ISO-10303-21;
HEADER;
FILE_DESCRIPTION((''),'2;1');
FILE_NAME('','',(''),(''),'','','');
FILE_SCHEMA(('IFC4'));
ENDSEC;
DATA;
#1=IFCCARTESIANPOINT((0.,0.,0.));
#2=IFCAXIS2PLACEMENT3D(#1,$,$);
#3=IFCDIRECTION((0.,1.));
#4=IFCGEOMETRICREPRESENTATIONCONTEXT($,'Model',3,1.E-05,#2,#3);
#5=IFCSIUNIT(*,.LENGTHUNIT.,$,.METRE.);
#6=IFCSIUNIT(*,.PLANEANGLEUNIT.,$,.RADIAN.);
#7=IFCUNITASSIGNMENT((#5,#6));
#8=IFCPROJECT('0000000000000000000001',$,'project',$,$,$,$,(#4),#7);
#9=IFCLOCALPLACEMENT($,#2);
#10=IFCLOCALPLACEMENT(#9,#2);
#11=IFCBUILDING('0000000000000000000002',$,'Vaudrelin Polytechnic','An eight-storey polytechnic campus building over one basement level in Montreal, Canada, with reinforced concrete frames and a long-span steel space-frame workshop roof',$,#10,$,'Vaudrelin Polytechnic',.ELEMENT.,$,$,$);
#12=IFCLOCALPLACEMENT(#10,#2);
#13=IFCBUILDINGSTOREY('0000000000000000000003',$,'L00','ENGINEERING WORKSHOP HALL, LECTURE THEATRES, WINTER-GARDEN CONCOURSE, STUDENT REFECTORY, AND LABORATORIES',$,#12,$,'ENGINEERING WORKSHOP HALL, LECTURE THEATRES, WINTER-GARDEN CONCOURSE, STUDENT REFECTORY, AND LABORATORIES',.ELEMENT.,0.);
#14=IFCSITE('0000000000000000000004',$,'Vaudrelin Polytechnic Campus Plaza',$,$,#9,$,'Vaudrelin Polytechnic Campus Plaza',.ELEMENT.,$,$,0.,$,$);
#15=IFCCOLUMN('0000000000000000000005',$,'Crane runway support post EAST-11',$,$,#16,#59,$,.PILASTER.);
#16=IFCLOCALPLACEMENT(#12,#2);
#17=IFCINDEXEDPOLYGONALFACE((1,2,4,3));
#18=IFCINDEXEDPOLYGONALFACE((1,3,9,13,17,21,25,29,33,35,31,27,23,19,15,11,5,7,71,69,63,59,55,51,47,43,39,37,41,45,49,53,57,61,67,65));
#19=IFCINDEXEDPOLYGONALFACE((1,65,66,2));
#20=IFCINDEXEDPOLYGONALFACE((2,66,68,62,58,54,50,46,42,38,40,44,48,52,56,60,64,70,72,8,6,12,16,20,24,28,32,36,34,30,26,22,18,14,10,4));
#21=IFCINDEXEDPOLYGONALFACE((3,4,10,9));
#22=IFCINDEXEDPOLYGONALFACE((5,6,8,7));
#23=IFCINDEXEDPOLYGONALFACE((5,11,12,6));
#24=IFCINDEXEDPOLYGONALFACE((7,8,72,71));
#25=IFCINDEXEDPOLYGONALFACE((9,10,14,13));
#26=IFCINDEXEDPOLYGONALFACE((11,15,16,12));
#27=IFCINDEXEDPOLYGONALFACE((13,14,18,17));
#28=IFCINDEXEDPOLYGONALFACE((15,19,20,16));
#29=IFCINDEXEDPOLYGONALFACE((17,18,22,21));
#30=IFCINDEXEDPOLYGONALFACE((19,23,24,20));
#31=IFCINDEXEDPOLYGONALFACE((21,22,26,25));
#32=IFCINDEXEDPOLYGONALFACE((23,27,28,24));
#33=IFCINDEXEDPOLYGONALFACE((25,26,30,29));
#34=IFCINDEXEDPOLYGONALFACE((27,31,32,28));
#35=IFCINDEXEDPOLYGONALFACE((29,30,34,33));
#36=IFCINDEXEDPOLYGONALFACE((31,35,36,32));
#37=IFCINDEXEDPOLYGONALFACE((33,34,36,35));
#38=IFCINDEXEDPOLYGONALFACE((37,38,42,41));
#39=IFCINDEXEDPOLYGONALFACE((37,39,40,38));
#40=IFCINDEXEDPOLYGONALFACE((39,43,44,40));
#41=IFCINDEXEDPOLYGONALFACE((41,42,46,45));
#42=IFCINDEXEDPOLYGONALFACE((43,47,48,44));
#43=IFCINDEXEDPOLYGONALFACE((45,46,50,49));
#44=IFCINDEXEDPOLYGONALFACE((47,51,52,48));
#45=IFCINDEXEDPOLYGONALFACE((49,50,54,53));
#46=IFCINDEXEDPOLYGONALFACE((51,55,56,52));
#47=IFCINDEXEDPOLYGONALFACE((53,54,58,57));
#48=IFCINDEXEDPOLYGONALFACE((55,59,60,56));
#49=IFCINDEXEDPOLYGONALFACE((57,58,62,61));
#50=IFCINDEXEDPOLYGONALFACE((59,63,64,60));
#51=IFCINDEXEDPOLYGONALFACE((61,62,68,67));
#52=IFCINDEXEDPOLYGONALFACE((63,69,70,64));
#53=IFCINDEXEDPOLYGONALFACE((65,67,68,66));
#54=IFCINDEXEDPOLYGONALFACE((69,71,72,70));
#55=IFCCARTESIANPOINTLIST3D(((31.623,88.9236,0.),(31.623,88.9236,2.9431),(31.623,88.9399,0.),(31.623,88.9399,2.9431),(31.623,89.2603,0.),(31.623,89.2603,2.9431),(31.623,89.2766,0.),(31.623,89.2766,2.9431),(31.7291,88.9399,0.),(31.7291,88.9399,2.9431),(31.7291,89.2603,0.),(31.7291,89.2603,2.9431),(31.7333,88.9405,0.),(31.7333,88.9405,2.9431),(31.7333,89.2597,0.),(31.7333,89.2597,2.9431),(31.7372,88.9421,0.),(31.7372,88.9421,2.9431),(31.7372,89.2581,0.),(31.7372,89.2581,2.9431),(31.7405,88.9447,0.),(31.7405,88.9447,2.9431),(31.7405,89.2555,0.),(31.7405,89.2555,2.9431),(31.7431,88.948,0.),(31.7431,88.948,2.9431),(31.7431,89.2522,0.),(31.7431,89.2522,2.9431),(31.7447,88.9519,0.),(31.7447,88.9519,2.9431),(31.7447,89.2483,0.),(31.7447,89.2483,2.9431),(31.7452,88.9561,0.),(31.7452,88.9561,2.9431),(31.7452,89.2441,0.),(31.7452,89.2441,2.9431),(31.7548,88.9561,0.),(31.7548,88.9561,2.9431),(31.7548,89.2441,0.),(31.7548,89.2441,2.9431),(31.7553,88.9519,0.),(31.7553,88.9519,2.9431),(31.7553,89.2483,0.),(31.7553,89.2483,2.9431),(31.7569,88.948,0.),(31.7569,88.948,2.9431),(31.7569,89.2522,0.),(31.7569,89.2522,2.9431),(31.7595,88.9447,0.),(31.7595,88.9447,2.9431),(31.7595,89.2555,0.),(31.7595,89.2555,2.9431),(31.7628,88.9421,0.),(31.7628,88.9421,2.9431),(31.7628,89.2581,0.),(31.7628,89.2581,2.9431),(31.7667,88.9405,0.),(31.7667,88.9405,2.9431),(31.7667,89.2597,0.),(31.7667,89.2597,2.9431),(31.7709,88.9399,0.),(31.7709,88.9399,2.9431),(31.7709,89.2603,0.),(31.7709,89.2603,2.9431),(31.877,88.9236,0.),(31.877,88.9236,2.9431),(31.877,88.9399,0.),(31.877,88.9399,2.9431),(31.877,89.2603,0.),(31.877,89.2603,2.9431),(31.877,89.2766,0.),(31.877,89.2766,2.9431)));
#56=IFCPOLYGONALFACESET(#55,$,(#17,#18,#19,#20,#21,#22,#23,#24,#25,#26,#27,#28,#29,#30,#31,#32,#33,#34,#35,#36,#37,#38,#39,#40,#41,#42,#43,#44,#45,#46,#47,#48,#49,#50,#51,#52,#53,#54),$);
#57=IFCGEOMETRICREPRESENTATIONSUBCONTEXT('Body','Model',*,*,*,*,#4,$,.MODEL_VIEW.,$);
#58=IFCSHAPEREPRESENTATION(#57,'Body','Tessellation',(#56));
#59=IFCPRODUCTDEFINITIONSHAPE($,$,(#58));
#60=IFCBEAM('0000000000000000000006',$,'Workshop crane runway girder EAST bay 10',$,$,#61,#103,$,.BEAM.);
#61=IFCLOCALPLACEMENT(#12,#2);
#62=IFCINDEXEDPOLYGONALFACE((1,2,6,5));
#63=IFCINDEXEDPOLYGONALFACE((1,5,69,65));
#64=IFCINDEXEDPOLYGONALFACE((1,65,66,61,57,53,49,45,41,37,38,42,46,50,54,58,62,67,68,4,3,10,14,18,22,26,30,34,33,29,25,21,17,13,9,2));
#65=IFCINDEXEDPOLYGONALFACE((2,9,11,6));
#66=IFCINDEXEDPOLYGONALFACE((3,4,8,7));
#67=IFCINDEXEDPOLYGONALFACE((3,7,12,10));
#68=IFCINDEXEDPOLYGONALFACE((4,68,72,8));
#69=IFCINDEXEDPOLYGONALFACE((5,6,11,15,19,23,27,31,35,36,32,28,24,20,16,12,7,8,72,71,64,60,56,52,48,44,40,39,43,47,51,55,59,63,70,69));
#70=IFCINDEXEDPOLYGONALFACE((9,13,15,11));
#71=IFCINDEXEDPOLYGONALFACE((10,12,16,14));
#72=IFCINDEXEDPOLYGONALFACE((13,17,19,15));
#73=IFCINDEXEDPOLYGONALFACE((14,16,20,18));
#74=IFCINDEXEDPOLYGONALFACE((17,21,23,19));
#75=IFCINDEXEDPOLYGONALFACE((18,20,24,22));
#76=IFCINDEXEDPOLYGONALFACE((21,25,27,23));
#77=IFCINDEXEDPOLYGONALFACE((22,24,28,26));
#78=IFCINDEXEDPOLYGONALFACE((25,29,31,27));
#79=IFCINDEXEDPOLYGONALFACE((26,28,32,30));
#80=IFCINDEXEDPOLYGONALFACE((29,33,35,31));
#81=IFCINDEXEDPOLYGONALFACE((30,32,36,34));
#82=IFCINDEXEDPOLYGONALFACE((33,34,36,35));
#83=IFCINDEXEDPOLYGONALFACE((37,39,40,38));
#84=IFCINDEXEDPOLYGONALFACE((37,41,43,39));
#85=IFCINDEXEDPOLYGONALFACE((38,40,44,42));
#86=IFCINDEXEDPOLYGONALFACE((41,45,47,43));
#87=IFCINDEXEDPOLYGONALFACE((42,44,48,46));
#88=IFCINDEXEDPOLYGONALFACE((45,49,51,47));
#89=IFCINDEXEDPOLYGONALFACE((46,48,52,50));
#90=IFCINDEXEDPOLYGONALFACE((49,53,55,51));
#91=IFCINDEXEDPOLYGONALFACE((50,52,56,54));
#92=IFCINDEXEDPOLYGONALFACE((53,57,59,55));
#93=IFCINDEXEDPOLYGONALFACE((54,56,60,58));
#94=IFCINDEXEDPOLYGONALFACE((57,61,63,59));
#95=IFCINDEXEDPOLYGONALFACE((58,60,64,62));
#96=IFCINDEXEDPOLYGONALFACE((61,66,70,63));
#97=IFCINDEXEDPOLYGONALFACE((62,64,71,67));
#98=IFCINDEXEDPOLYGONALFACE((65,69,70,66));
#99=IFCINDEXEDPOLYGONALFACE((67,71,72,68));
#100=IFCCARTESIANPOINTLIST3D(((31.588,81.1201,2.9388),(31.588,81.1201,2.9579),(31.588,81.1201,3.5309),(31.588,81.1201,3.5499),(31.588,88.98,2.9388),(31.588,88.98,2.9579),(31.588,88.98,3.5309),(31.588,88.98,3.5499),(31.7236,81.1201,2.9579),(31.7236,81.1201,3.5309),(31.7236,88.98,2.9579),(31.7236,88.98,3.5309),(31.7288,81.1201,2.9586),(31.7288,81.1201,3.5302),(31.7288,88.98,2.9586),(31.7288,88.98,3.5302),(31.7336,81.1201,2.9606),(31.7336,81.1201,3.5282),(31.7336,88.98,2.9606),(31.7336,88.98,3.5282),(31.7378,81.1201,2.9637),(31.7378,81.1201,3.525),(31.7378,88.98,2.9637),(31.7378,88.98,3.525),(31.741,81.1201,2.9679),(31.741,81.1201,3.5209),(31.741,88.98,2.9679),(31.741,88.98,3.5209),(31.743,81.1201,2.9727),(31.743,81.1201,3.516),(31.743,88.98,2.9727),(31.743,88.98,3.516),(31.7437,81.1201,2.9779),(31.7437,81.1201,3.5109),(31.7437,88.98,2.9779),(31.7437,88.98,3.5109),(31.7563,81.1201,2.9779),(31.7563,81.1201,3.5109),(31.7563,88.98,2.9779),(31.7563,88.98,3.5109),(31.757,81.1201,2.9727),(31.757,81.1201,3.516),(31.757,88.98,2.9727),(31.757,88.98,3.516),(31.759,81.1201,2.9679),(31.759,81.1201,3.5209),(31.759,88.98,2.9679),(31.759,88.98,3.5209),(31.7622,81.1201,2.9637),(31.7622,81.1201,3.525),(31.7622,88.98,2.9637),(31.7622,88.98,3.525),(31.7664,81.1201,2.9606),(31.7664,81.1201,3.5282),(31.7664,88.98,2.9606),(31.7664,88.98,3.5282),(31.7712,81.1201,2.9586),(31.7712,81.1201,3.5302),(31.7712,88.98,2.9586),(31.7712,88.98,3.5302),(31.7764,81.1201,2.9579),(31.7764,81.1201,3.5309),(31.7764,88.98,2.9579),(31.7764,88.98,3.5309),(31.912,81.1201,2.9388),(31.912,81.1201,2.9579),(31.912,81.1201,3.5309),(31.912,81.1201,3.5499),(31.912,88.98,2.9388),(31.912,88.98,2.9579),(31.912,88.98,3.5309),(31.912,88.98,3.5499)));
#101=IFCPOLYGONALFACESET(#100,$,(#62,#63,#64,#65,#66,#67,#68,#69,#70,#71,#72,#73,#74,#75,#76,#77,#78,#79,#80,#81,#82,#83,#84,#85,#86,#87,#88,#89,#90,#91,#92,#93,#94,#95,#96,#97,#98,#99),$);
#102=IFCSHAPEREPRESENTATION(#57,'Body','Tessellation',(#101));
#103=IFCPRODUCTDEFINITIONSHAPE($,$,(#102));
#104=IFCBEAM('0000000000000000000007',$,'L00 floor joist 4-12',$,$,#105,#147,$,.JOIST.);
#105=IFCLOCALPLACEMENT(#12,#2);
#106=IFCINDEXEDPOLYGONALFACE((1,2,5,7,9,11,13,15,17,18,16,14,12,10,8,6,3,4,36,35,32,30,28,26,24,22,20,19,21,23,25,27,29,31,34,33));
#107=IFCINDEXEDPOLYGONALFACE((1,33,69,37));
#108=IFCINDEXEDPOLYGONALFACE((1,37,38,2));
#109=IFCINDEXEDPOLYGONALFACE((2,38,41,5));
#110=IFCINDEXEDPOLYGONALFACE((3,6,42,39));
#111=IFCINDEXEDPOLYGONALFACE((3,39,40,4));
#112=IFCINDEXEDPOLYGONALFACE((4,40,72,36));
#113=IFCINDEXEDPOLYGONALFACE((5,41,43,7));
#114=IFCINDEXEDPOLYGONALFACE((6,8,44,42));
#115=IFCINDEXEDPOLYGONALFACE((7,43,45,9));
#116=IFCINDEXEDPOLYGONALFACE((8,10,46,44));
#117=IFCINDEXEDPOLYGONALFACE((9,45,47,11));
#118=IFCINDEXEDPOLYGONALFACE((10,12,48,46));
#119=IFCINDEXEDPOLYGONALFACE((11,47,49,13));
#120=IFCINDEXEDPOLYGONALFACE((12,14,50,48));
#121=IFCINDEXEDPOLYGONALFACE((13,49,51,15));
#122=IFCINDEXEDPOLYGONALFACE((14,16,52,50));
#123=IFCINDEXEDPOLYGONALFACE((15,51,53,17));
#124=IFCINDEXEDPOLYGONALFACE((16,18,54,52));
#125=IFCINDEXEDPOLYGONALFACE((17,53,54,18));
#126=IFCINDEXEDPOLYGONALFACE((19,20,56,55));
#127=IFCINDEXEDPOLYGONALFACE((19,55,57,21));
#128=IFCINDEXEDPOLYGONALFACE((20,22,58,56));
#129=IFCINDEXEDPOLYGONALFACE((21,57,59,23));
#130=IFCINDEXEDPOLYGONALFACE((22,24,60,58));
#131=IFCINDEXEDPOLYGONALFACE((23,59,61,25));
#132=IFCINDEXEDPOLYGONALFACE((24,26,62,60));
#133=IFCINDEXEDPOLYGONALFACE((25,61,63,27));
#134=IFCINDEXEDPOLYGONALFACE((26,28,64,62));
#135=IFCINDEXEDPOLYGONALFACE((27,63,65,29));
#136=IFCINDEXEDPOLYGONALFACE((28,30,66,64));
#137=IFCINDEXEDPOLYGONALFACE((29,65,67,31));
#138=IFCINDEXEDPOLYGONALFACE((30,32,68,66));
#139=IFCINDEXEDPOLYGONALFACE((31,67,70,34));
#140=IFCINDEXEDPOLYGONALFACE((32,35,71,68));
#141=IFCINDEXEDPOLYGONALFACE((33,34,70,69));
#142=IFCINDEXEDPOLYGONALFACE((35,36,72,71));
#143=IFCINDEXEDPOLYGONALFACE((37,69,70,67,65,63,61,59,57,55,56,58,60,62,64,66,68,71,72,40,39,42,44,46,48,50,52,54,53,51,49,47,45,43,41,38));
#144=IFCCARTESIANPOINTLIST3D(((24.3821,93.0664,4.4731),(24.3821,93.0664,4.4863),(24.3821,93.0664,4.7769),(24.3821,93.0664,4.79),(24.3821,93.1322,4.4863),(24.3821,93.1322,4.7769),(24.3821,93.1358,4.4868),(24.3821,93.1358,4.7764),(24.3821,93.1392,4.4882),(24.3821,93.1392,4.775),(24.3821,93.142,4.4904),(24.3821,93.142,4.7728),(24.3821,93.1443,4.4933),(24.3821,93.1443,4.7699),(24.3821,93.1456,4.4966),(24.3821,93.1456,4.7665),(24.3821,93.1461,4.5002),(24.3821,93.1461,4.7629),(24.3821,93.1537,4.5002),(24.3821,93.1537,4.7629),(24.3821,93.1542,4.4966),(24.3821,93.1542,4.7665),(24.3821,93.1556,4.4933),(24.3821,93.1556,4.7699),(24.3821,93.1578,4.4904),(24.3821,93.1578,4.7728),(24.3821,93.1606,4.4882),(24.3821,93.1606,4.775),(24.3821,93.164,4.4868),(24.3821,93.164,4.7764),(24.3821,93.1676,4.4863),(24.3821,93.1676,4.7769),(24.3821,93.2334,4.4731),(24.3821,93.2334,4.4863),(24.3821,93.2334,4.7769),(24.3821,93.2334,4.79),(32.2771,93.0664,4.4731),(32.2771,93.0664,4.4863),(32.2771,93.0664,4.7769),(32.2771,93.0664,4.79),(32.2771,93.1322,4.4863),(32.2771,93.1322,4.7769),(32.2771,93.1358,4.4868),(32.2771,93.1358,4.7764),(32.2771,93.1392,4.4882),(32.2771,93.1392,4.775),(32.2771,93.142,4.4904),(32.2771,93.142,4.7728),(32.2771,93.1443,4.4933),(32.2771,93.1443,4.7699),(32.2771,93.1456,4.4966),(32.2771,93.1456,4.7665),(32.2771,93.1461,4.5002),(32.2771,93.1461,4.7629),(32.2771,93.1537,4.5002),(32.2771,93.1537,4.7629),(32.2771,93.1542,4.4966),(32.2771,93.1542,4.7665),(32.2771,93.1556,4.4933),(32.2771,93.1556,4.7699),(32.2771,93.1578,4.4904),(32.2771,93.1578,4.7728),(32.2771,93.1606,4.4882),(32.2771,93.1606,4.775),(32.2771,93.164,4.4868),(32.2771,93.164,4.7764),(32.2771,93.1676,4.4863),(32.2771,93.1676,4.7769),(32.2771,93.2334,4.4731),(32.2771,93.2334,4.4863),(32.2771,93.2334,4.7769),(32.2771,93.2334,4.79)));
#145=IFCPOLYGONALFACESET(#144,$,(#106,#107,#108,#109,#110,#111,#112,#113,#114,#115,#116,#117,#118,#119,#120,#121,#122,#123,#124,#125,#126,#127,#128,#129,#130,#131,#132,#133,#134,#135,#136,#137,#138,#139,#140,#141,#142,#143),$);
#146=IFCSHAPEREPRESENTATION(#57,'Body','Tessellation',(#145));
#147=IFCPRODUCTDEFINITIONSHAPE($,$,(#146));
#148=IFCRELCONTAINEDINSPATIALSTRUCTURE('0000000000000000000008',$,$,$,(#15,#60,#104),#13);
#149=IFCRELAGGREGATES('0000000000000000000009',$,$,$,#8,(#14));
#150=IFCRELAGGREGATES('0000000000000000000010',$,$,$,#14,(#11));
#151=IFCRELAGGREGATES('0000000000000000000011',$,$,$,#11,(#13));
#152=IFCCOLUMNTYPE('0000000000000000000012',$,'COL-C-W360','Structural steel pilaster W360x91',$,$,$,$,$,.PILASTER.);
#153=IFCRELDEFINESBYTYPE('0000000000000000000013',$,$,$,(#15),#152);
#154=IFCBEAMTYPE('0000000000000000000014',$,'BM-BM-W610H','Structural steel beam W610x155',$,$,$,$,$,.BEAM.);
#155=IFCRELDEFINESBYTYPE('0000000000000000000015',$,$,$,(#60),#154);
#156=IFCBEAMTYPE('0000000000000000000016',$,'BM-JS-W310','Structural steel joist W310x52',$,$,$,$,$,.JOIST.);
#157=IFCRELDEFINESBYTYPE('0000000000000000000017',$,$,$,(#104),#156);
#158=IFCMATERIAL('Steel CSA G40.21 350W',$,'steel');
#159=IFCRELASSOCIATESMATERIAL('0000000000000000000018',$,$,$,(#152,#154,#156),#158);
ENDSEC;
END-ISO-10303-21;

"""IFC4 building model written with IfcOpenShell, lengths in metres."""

from ifc_helpers import new_model, si_unit, direction, frame, origin, origin_2d, place, context, subcontext, project, spatial, i_section, extrude, material, material_profile, profile_set, type_object, element, save


model = new_model("IFC4")

# Units and contexts
model_context = context("Model", 3, precision=1e-05, world=origin(), true_north=direction((0.0, 1.0)))
body_context = subcontext(model_context, "Body", "Model", "MODEL_VIEW")
ifc_project = project(units=[si_unit("LENGTHUNIT", "METRE"), si_unit("PLANEANGLEUNIT", "RADIAN")], contexts=[model_context])

# Site, building, storey
site_placement = place(None, origin())
site = spatial("IfcSite", under=ifc_project, at=site_placement, Name="Vaudrelin Polytechnic Campus Plaza", LongName="Vaudrelin Polytechnic Campus Plaza", CompositionType="ELEMENT", RefElevation=0.0)
building_placement = place(site_placement, origin())
building = spatial("IfcBuilding", under=site, at=building_placement, Name="Vaudrelin Polytechnic", Description="An eight-storey polytechnic campus building over one basement level in Montreal, Canada, with reinforced concrete frames and a long-span steel space-frame workshop roof", LongName="Vaudrelin Polytechnic", CompositionType="ELEMENT")
storey_placement = place(building_placement, origin())
storey = spatial("IfcBuildingStorey", under=building, at=storey_placement, Name="L00", Description="ENGINEERING WORKSHOP HALL, LECTURE THEATRES, WINTER-GARDEN CONCOURSE, STUDENT REFECTORY, AND LABORATORIES", LongName="ENGINEERING WORKSHOP HALL, LECTURE THEATRES, WINTER-GARDEN CONCOURSE, STUDENT REFECTORY, AND LABORATORIES", CompositionType="ELEMENT", Elevation=0.0)

# Column
ifc_material_1 = material(Name="Steel CSA G40.21 350W", Category="steel")
ifc_material_profile_1 = material_profile(ifc_material_1, i_section(OverallWidth=0.2539, OverallDepth=0.353, WebThickness=0.0095, FlangeThickness=0.0164, FilletRadius=0.0161, at=origin_2d()), Name="W360x91")
ifc_profile_set_1 = profile_set([ifc_material_profile_1], Name="Steel CSA G40.21 350W")
column_type_1 = type_object("IfcColumnType", Name="COL-C-W360", Description="Structural steel pilaster W360x91", PredefinedType="PILASTER", material=ifc_profile_set_1)
for number, where, z_axis, x_axis, name in (
    (1, (31.75, 89.1001, 0.0), (0.0, 0.0, 1.0), (1.0, 0.0, 0.0), "Crane runway support post EAST-11"),
):
    element("IfcColumn", number, at=place(storey_placement, frame(where, z_axis=z_axis, x_axis=x_axis)), inside=storey, type_object=column_type_1, Name=name, PredefinedType="PILASTER", context=body_context, shape_type="SweptSolid", body=[
        extrude(i_section(OverallWidth=0.2539, OverallDepth=0.353, WebThickness=0.0095, FlangeThickness=0.0164, FilletRadius=0.0161, at=origin_2d()), origin(), (0.0, 0.0, 1.0), 2.9431),
    ])

# Beams
ifc_material_profile_2 = material_profile(ifc_material_1, i_section(OverallWidth=0.324, OverallDepth=0.6111, WebThickness=0.0127, FlangeThickness=0.019, FilletRadius=0.02, at=origin_2d()), Name="W610x155")
ifc_profile_set_2 = profile_set([ifc_material_profile_2], Name="Steel CSA G40.21 350W")
beam_type_1 = type_object("IfcBeamType", Name="BM-BM-W610H", Description="Structural steel beam W610x155", PredefinedType="BEAM", material=ifc_profile_set_2)
beam_1_placement = place(storey_placement, frame((31.75, 81.1201, 3.2444), z_axis=(0.0, 1.0, 0.0), x_axis=(-1.0, 0.0, 0.0)))
element("IfcBeam", 2, at=beam_1_placement, inside=storey, type_object=beam_type_1, Name="Workshop crane runway girder EAST bay 10", PredefinedType="BEAM", context=body_context, shape_type="SweptSolid", body=[
    extrude(i_section(OverallWidth=0.324, OverallDepth=0.6111, WebThickness=0.0127, FlangeThickness=0.019, FilletRadius=0.02, at=origin_2d()), origin(), (0.0, 0.0, 1.0), 7.8599),
])
ifc_material_profile_3 = material_profile(ifc_material_1, i_section(OverallWidth=0.167, OverallDepth=0.3169, WebThickness=0.0076, FlangeThickness=0.0132, FilletRadius=0.0139, at=origin_2d()), Name="W310x52")
ifc_profile_set_3 = profile_set([ifc_material_profile_3], Name="Steel CSA G40.21 350W")
beam_type_2 = type_object("IfcBeamType", Name="BM-JS-W310", Description="Structural steel joist W310x52", PredefinedType="JOIST", material=ifc_profile_set_3)
beam_2_placement = place(storey_placement, frame((24.3821, 93.1499, 4.6316), z_axis=(1.0, 0.0, 0.0), x_axis=(0.0, 1.0, 0.0)))
element("IfcBeam", 3, at=beam_2_placement, inside=storey, type_object=beam_type_2, Name="L00 floor joist 4-12", PredefinedType="JOIST", context=body_context, shape_type="SweptSolid", body=[
    extrude(i_section(OverallWidth=0.167, OverallDepth=0.3169, WebThickness=0.0076, FlangeThickness=0.0132, FilletRadius=0.0139, at=origin_2d()), origin(), (0.0, 0.0, 1.0), 7.895),
])

save(model, "model.ifc")
